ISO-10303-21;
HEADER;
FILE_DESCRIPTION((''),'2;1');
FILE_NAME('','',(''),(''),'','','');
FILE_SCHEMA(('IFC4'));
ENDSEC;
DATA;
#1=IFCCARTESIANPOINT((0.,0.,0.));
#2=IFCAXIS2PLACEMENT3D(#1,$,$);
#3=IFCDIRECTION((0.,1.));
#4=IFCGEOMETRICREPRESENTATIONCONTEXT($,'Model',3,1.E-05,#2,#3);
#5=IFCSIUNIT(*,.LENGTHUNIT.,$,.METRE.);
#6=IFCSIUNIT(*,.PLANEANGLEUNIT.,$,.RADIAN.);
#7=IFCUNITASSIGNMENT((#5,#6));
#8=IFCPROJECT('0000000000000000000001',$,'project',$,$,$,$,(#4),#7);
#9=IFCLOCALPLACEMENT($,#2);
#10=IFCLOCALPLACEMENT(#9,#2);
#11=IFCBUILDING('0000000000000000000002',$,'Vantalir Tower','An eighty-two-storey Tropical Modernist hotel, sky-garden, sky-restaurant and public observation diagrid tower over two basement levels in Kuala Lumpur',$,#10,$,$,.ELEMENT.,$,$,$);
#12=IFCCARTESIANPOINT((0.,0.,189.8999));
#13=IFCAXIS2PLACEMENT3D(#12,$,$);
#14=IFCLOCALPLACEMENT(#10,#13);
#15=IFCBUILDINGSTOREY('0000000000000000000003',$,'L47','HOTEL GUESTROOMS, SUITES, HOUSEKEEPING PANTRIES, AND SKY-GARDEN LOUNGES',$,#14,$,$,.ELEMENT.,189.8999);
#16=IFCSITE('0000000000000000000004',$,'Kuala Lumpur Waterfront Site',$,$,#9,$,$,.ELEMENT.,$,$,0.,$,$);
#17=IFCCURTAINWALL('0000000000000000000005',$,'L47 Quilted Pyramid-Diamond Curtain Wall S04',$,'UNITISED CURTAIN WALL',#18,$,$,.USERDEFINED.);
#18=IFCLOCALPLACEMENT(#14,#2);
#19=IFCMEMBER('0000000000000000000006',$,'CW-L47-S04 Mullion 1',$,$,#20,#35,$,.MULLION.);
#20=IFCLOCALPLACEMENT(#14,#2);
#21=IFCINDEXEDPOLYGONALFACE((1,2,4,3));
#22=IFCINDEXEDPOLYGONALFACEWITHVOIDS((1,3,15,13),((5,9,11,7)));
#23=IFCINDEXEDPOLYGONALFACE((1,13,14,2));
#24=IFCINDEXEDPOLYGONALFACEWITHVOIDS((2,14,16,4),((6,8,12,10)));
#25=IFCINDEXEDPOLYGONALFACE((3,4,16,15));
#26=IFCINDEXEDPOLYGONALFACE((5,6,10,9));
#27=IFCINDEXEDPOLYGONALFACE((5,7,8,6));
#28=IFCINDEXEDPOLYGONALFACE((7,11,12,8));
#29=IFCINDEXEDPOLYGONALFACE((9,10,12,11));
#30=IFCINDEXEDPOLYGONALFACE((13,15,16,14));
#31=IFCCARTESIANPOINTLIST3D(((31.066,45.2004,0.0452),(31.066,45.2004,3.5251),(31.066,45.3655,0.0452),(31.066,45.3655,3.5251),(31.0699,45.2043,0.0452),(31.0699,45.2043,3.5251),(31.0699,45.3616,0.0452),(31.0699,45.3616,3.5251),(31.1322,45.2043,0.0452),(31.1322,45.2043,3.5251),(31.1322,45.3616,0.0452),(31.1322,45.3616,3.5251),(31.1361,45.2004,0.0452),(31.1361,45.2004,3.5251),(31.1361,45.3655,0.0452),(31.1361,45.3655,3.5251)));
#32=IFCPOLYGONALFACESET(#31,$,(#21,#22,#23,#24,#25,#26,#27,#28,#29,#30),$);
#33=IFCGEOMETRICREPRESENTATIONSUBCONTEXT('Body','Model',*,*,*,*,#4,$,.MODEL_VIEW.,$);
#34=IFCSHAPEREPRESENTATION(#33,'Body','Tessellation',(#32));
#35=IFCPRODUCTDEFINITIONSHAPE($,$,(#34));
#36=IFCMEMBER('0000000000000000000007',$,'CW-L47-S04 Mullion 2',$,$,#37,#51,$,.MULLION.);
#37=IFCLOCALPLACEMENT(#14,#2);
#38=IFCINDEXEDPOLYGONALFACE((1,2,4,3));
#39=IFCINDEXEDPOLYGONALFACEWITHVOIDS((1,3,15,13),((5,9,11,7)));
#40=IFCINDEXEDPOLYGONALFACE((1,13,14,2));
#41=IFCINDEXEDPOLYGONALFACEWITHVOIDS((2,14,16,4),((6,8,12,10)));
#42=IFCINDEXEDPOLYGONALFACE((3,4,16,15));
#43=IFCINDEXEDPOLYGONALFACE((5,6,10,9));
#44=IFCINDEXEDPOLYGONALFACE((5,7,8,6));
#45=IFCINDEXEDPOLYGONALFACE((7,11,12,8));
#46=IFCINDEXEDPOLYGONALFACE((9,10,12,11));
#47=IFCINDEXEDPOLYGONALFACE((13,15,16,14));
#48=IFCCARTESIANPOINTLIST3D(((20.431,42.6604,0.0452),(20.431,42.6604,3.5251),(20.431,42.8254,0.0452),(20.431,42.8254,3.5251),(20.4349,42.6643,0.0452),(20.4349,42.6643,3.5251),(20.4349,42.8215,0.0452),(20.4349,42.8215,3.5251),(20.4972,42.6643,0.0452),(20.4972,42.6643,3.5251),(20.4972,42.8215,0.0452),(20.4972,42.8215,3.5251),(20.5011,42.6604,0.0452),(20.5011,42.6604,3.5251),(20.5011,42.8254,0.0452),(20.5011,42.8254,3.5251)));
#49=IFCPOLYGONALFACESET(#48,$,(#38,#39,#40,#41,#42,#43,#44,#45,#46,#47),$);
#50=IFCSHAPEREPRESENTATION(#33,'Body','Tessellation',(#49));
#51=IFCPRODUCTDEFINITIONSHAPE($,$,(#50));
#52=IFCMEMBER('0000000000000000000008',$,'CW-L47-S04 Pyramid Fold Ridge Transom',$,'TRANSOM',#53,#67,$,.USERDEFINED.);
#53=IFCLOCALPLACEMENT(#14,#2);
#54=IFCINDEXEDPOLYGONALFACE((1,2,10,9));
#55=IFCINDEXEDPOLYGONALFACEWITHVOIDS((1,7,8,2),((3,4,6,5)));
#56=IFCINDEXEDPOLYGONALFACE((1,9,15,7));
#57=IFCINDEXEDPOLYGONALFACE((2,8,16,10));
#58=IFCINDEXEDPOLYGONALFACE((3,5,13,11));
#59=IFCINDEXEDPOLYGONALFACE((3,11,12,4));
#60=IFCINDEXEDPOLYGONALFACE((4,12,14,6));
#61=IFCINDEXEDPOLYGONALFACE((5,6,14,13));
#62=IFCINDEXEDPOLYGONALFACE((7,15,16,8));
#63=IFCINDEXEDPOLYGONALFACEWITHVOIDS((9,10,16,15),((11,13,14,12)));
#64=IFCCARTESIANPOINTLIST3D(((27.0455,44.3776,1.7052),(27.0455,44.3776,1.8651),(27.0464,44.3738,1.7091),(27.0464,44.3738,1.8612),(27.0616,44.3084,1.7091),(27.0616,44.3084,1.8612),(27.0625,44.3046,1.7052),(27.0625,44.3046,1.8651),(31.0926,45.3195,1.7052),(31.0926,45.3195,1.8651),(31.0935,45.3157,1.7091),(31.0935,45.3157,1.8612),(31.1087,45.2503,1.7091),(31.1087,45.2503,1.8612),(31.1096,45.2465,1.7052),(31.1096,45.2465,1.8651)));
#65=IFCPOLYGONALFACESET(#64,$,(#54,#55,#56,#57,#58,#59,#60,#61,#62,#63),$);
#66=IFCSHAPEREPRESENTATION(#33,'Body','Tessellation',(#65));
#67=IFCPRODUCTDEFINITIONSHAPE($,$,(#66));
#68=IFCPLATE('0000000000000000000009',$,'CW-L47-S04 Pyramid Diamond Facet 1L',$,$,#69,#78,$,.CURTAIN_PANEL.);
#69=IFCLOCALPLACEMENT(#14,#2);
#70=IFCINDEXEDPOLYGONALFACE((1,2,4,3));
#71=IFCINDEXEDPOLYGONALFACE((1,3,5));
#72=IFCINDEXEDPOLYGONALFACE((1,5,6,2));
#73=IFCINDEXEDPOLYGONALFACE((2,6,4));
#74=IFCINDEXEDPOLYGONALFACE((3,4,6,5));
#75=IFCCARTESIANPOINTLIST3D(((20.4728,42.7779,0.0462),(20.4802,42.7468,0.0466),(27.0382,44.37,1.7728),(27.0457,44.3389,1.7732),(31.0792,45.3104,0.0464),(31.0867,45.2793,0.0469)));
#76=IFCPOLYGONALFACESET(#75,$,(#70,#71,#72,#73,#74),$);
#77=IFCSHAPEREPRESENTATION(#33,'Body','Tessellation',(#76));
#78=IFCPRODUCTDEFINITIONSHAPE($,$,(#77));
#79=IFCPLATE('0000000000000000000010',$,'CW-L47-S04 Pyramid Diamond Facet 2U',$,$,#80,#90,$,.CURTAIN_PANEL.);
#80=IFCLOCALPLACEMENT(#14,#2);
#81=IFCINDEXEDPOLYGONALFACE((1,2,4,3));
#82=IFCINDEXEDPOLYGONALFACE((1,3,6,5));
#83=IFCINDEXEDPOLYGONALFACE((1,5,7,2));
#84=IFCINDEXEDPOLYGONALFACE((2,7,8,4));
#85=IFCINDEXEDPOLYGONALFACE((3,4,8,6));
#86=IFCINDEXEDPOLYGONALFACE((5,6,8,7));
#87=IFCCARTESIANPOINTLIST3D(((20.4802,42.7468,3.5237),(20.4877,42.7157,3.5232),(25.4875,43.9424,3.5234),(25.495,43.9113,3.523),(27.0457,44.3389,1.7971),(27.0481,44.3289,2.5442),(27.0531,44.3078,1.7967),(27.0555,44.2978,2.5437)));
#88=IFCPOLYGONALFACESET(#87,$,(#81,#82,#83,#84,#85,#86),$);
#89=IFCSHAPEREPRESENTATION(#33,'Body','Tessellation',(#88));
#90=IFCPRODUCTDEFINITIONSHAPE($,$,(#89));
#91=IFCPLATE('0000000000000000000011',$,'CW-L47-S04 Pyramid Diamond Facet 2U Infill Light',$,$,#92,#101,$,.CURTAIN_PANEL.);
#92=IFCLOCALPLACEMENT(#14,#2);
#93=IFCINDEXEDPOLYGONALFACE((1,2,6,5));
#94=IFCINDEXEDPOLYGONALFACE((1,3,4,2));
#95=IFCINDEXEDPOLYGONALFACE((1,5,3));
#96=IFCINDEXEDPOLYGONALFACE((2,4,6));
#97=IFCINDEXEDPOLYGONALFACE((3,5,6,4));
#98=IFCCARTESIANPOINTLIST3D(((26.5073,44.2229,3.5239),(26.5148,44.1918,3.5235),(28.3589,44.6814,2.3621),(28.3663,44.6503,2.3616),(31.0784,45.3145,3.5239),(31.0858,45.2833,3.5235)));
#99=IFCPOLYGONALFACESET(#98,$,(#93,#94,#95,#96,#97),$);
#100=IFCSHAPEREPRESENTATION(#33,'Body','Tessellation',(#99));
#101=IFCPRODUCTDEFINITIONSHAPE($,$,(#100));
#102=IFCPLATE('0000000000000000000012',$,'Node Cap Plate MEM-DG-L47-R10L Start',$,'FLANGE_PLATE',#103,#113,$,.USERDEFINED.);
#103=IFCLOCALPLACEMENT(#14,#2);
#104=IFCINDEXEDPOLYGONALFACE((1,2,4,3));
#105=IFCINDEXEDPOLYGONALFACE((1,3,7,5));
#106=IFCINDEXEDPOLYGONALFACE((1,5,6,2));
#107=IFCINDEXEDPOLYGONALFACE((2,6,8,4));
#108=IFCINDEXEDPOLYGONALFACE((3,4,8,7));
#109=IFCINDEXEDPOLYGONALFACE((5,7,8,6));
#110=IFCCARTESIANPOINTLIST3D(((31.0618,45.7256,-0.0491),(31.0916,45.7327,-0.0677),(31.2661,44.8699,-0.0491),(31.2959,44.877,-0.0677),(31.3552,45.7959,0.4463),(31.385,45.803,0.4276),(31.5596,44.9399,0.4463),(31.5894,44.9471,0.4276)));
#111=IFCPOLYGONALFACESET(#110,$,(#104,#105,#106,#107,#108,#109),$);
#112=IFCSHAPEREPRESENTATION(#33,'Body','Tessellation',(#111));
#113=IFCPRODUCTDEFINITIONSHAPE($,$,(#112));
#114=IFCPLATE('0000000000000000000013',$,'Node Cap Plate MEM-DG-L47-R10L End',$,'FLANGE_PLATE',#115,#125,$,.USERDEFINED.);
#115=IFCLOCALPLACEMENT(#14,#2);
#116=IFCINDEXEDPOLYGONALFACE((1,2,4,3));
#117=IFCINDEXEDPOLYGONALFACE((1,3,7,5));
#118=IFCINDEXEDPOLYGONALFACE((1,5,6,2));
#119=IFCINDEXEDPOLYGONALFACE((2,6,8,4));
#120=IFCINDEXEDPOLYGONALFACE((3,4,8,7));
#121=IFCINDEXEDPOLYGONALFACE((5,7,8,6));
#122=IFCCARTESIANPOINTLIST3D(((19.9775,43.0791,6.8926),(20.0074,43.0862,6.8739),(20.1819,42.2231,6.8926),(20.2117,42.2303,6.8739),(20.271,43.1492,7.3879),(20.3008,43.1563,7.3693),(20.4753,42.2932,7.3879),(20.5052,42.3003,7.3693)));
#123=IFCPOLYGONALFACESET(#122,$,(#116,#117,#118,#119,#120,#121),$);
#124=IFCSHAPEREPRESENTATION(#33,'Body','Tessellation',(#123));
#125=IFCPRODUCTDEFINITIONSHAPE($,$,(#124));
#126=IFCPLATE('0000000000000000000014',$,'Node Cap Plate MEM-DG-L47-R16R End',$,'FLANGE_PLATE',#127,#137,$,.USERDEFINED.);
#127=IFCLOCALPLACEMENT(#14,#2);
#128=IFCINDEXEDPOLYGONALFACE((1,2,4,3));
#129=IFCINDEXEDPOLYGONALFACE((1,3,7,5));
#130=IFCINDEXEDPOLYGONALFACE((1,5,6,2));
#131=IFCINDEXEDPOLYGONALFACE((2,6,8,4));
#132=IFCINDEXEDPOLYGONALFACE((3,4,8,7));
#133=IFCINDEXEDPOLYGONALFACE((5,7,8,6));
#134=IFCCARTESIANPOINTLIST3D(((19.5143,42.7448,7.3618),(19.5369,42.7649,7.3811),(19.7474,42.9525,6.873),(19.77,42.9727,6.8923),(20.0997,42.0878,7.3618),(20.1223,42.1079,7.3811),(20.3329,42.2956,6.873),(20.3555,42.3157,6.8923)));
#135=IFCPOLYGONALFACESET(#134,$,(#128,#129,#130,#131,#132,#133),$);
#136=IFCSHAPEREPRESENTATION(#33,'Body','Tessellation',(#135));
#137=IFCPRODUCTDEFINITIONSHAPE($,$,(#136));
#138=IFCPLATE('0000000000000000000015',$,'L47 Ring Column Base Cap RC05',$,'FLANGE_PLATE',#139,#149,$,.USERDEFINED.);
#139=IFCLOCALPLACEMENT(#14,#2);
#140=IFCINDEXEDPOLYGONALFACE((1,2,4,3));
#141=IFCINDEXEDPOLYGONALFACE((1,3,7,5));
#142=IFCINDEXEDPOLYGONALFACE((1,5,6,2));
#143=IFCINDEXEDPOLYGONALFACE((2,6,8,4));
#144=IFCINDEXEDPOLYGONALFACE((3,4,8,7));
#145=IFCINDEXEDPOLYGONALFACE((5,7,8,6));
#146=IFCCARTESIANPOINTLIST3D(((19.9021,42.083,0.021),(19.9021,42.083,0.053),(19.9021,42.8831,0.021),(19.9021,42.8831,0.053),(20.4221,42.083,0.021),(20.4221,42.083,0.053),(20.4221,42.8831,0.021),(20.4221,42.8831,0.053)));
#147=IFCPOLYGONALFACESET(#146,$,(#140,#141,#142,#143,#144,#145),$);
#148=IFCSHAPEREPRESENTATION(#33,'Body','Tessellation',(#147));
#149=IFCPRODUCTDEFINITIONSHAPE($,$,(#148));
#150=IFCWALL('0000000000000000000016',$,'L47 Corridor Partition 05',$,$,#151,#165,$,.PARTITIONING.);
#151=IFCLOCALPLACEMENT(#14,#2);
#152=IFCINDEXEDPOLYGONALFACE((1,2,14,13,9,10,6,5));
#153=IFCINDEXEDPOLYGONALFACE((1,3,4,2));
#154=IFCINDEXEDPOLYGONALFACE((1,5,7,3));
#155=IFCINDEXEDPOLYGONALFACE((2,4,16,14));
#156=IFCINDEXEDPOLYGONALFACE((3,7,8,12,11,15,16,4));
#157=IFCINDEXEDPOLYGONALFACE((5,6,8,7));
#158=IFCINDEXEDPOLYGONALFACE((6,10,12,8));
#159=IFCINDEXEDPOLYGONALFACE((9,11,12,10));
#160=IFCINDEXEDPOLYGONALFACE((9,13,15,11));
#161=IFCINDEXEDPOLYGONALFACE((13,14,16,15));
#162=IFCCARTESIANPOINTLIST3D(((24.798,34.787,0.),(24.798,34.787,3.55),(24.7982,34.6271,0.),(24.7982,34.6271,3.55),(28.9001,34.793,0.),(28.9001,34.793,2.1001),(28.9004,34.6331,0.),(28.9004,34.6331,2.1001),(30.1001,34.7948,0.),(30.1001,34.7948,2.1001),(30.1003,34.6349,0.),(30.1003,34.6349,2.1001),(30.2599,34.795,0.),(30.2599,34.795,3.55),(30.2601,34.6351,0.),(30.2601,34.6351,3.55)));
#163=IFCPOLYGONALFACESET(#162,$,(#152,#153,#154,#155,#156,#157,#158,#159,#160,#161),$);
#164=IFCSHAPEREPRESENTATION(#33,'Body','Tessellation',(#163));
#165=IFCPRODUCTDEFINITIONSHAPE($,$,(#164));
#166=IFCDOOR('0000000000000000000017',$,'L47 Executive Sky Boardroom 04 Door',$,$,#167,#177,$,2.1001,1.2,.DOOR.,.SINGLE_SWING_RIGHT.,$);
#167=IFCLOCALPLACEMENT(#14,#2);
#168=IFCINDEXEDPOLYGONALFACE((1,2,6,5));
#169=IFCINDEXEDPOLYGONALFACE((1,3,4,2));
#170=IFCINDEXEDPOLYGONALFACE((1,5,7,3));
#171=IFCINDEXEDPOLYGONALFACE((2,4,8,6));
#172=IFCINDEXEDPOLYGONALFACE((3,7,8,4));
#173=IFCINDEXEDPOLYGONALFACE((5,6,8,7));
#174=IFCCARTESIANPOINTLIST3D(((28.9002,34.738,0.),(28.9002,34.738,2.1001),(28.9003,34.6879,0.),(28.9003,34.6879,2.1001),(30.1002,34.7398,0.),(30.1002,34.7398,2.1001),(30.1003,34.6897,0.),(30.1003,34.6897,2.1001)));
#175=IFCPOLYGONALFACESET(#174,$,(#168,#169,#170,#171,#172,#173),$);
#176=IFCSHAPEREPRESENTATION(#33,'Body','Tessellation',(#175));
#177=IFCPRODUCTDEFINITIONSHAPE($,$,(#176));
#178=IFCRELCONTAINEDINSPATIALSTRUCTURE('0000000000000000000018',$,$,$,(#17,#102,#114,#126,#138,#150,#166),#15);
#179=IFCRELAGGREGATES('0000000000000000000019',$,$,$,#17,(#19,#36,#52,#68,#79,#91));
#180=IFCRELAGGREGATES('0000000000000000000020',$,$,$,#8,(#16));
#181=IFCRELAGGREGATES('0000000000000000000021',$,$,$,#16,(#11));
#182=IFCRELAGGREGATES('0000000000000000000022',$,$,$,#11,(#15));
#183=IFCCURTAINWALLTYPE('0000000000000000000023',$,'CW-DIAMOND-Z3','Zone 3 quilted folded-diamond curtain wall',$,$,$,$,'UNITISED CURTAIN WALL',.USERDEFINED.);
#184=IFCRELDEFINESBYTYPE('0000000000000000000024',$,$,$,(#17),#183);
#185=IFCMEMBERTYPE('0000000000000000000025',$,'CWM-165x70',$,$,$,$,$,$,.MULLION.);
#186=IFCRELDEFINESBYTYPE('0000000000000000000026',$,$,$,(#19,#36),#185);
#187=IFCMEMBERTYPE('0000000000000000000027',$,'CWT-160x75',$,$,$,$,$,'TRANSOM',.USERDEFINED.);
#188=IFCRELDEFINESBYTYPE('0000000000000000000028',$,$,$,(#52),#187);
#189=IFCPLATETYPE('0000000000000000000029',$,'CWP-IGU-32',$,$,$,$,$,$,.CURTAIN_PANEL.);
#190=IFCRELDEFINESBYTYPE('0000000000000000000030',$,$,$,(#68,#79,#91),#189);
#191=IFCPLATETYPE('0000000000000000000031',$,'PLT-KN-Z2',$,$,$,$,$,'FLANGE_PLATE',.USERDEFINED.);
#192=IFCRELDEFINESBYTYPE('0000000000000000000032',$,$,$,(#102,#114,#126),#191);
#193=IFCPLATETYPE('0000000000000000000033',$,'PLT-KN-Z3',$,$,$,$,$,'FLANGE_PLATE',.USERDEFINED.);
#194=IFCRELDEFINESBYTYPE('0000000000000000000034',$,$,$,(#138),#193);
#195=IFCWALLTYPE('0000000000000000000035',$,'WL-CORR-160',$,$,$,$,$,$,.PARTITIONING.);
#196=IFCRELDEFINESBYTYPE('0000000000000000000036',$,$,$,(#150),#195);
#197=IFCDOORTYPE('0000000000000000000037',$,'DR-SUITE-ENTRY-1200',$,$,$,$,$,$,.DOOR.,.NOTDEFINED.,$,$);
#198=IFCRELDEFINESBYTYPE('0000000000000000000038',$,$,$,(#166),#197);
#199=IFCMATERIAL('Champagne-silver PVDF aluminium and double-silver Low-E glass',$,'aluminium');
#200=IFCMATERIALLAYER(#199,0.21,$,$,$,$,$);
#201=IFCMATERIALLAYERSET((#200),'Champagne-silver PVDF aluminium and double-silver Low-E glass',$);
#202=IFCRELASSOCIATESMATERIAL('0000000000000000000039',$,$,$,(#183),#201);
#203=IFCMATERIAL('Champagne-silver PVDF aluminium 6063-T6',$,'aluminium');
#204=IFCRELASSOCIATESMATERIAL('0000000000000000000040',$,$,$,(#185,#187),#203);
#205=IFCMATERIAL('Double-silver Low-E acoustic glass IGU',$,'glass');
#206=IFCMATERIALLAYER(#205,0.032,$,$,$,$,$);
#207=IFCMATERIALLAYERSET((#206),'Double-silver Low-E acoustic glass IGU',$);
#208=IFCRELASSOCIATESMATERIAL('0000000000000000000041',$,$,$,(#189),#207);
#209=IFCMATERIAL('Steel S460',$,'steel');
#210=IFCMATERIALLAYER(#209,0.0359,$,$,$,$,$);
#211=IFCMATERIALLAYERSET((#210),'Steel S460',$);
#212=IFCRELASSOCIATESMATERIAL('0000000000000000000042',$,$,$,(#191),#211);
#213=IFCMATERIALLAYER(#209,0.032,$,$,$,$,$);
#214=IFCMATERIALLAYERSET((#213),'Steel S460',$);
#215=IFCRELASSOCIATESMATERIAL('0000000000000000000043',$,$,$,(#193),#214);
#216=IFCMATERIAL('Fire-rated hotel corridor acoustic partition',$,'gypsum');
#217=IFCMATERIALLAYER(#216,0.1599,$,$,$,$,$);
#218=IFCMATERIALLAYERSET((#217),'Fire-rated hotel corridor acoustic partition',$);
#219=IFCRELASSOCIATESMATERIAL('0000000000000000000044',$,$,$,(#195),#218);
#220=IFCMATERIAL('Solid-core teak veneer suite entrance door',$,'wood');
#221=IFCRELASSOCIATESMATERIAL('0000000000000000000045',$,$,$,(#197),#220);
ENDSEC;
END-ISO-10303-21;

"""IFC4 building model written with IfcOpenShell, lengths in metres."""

from ifc_helpers import new_model, si_unit, direction, frame, frame_2d, origin, origin_2d, place, context, subcontext, project, spatial, polyline, rectangle, hollow_rectangle, outline, extrude, material, layer, layer_set, material_profile, profile_set, type_object, element, fill, aggregate, save


model = new_model("IFC4")

# Units and contexts
model_context = context("Model", 3, precision=1e-05, world=origin(), true_north=direction((0.0, 1.0)))
body_context = subcontext(model_context, "Body", "Model", "MODEL_VIEW")
ifc_project = project(units=[si_unit("LENGTHUNIT", "METRE"), si_unit("PLANEANGLEUNIT", "RADIAN")], contexts=[model_context])

# Site, building, storey
site_placement = place(None, origin())
site = spatial("IfcSite", under=ifc_project, at=site_placement, Name="Kuala Lumpur Waterfront Site", CompositionType="ELEMENT", RefElevation=0.0)
building_placement = place(site_placement, origin())
building = spatial("IfcBuilding", under=site, at=building_placement, Name="Vantalir Tower", Description="An eighty-two-storey Tropical Modernist hotel, sky-garden, sky-restaurant and public observation diagrid tower over two basement levels in Kuala Lumpur", CompositionType="ELEMENT")
storey_placement = place(building_placement, frame((0.0, 0.0, 189.8999)))
storey = spatial("IfcBuildingStorey", under=building, at=storey_placement, Name="L47", Description="HOTEL GUESTROOMS, SUITES, HOUSEKEEPING PANTRIES, AND SKY-GARDEN LOUNGES", CompositionType="ELEMENT", Elevation=189.8999)

# Shared definitions
ifc_material_1 = material(Name="Steel S460", Category="steel")

# Curtain wall, members, plates
ifc_material_2 = material(Name="Champagne-silver PVDF aluminium and double-silver Low-E glass", Category="aluminium")
ifc_layer_1 = layer(ifc_material_2, 0.21)
ifc_layer_set_1 = layer_set([ifc_layer_1], Name="Champagne-silver PVDF aluminium and double-silver Low-E glass")
curtain_wall_type = type_object("IfcCurtainWallType", Name="CW-DIAMOND-Z3", Description="Zone 3 quilted folded-diamond curtain wall", ElementType="UNITISED CURTAIN WALL", PredefinedType="USERDEFINED", material=ifc_layer_set_1)
curtain_wall_placement = place(storey_placement, origin())
curtain_wall = element("IfcCurtainWall", 1, at=curtain_wall_placement, inside=storey, type_object=curtain_wall_type, Name="L47 Quilted Pyramid-Diamond Curtain Wall S04", ObjectType="UNITISED CURTAIN WALL", PredefinedType="USERDEFINED")
ifc_material_3 = material(Name="Champagne-silver PVDF aluminium 6063-T6", Category="aluminium")
ifc_material_profile_1 = material_profile(ifc_material_3, hollow_rectangle(XDim=0.0701, YDim=0.165, WallThickness=0.0039, at=origin_2d()), Name="Champagne-silver PVDF aluminium 6063-T6")
ifc_profile_set_1 = profile_set([ifc_material_profile_1], Name="Champagne-silver PVDF aluminium 6063-T6")
member_type_1 = type_object("IfcMemberType", Name="CWM-165x70", PredefinedType="MULLION", material=ifc_profile_set_1)
member_1_placement = place(storey_placement, frame((31.1011, 45.283, 0.0452), z_axis=(0.0, 0.0, 1.0), x_axis=(1.0, 0.0, 0.0)))
member_1 = element("IfcMember", 2, at=member_1_placement, type_object=member_type_1, Name="CW-L47-S04 Mullion 1", PredefinedType="MULLION", context=body_context, shape_type="SweptSolid", body=[
    extrude(hollow_rectangle(XDim=0.0701, YDim=0.165, WallThickness=0.0039, at=origin_2d()), origin(), (0.0, 0.0, 1.0), 3.48),
])
member_2_placement = place(storey_placement, frame((20.4661, 42.7429, 0.0452), z_axis=(0.0, 0.0, 1.0), x_axis=(1.0, 0.0, 0.0)))
member_2 = element("IfcMember", 3, at=member_2_placement, type_object=member_type_1, Name="CW-L47-S04 Mullion 2", PredefinedType="MULLION", context=body_context, shape_type="SweptSolid", body=[
    extrude(hollow_rectangle(XDim=0.0701, YDim=0.165, WallThickness=0.0039, at=origin_2d()), origin(), (0.0, 0.0, 1.0), 3.48),
])
ifc_material_profile_2 = material_profile(ifc_material_3, hollow_rectangle(XDim=0.075, YDim=0.1599, WallThickness=0.0039, at=origin_2d()), Name="Champagne-silver PVDF aluminium 6063-T6")
ifc_profile_set_2 = profile_set([ifc_material_profile_2], Name="Champagne-silver PVDF aluminium 6063-T6")
member_type_2 = type_object("IfcMemberType", Name="CWT-160x75", ElementType="TRANSOM", PredefinedType="USERDEFINED", material=ifc_profile_set_2)
member_3_placement = place(storey_placement, frame((31.1011, 45.283, 1.7852), z_axis=(-0.973971, -0.226674, 0.0), x_axis=(0.226674, -0.973971, 0.0)))
member_3 = element("IfcMember", 4, at=member_3_placement, type_object=member_type_2, Name="CW-L47-S04 Pyramid Fold Ridge Transom", ObjectType="TRANSOM", PredefinedType="USERDEFINED", context=body_context, shape_type="SweptSolid", body=[
    extrude(hollow_rectangle(XDim=0.075, YDim=0.1599, WallThickness=0.0039, at=origin_2d()), origin(), (0.0, 0.0, 1.0), 4.1553),
])
ifc_material_4 = material(Name="Double-silver Low-E acoustic glass IGU", Category="glass")
ifc_layer_2 = layer(ifc_material_4, 0.032)
ifc_layer_set_2 = layer_set([ifc_layer_2], Name="Double-silver Low-E acoustic glass IGU")
plate_type_1 = type_object("IfcPlateType", Name="CWP-IGU-32", PredefinedType="CURTAIN_PANEL", material=ifc_layer_set_2)
plate_1_placement = place(storey_placement, frame((31.0867, 45.2793, 0.0469), z_axis=(0.232217, -0.972567, 0.013764), x_axis=(-0.972659, -0.232239, -0.000022)))
plate_1 = element("IfcPlate", 5, at=plate_1_placement, type_object=plate_type_1, Name="CW-L47-S04 Pyramid Diamond Facet 1L", PredefinedType="CURTAIN_PANEL", context=body_context, shape_type="SweptSolid", body=[
    extrude(outline(polyline([(0.0, 0.0), (10.9046, 0.0), (4.1489, -1.7266), (0.0, 0.0)])), origin(), (0.0, 0.0, -1.0), 0.032),
])
plate_2_placement = place(storey_placement, frame((25.4875, 43.9424, 3.5234), z_axis=(-0.232211, 0.972568, 0.013786), x_axis=(-0.97266, -0.232233, 0.000047)))
plate_2 = element("IfcPlate", 6, at=plate_2_placement, type_object=plate_type_1, Name="CW-L47-S04 Pyramid Diamond Facet 2U", PredefinedType="CURTAIN_PANEL", context=body_context, shape_type="SweptSolid", body=[
    extrude(outline(polyline([(0.0, 0.0), (5.1481, 0.0), (-1.6077, -1.7264), (-1.6077, -0.9793), (0.0, 0.0)])), origin(), (0.0, 0.0, -1.0), 0.032),
])
plate_3_placement = place(storey_placement, frame((31.0784, 45.3145, 3.5239), z_axis=(-0.232245, 0.972561, 0.013685), x_axis=(-0.972652, -0.232267, 0.0)))
plate_3 = element("IfcPlate", 7, at=plate_3_placement, type_object=plate_type_1, Name="CW-L47-S04 Pyramid Diamond Facet 2U Infill Light", PredefinedType="CURTAIN_PANEL", context=body_context, shape_type="SweptSolid", body=[
    extrude(outline(polyline([(0.0, 0.0), (4.6996, 0.0), (2.7921, -1.162), (0.0, 0.0)])), origin(), (0.0, 0.0, -1.0), 0.032),
])
aggregate(curtain_wall, [member_1, member_2, member_3, plate_1, plate_2, plate_3])

# Plates
ifc_layer_3 = layer(ifc_material_1, 0.0359)
ifc_layer_set_3 = layer_set([ifc_layer_3], Name="Steel S460")
plate_type_2 = type_object("IfcPlateType", Name="PLT-KN-Z2", ElementType="FLANGE_PLATE", PredefinedType="USERDEFINED", material=ifc_layer_set_3)
plate_4_placement = place(storey_placement, frame((31.0618, 45.7256, -0.0491), z_axis=(-0.830687, -0.198341, 0.520211), x_axis=(0.232248, -0.972657, 0.000014)))
element("IfcPlate", 8, at=plate_4_placement, inside=storey, type_object=plate_type_2, Name="Node Cap Plate MEM-DG-L47-R10L Start", ObjectType="FLANGE_PLATE", PredefinedType="USERDEFINED", context=body_context, shape_type="SweptSolid", body=[
    extrude(outline(polyline([(0.0, 0.0), (0.8798, 0.0), (0.8798, 0.58), (-0.0002, 0.58), (0.0, 0.0)])), origin(), (0.0, 0.0, -1.0), 0.0359),
])
plate_5_placement = place(storey_placement, frame((19.9775, 43.0791, 6.8926), z_axis=(-0.830715, -0.198319, 0.520176), x_axis=(0.232208, -0.972666, 0.0)))
element("IfcPlate", 9, at=plate_5_placement, inside=storey, type_object=plate_type_2, Name="Node Cap Plate MEM-DG-L47-R10L End", ObjectType="FLANGE_PLATE", PredefinedType="USERDEFINED", context=body_context, shape_type="SweptSolid", body=[
    extrude(outline(polyline([(0.0, 0.0), (0.88, 0.0), (0.88, 0.58), (0.0, 0.58), (0.0, 0.0)])), origin(), (0.0, 0.0, -1.0), 0.0359),
])
plate_6_placement = place(storey_placement, frame((20.3555, 42.3157, 6.8923), z_axis=(0.629128, 0.560628, 0.538418), x_axis=(-0.665293, 0.746582, 0.0)))
element("IfcPlate", 10, at=plate_6_placement, inside=storey, type_object=plate_type_2, Name="Node Cap Plate MEM-DG-L47-R16R End", ObjectType="FLANGE_PLATE", PredefinedType="USERDEFINED", context=body_context, shape_type="SweptSolid", body=[
    extrude(outline(polyline([(0.0, 0.0), (0.88, 0.0), (0.88, 0.58), (0.0, 0.58), (0.0, 0.0)])), origin(), (0.0, 0.0, -1.0), 0.0359),
])
ifc_layer_4 = layer(ifc_material_1, 0.032)
ifc_layer_set_4 = layer_set([ifc_layer_4], Name="Steel S460")
plate_type_3 = type_object("IfcPlateType", Name="PLT-KN-Z3", ElementType="FLANGE_PLATE", PredefinedType="USERDEFINED", material=ifc_layer_set_4)
plate_7_placement = place(storey_placement, frame((19.9021, 42.8831, 0.053), z_axis=(0.0, 0.0, 1.0), x_axis=(0.0, -1.0, 0.0)))
element("IfcPlate", 11, at=plate_7_placement, inside=storey, type_object=plate_type_3, Name="L47 Ring Column Base Cap RC05", ObjectType="FLANGE_PLATE", PredefinedType="USERDEFINED", context=body_context, shape_type="SweptSolid", body=[
    extrude(outline(polyline([(0.0, 0.0), (0.8, 0.0), (0.8, 0.52), (0.0, 0.52), (0.0, 0.0)])), origin(), (0.0, 0.0, -1.0), 0.032),
])

# Wall, opening, door
ifc_material_5 = material(Name="Fire-rated hotel corridor acoustic partition", Category="gypsum")
ifc_layer_5 = layer(ifc_material_5, 0.1599)
ifc_layer_set_5 = layer_set([ifc_layer_5], Name="Fire-rated hotel corridor acoustic partition")
wall_type_1 = type_object("IfcWallType", Name="WL-CORR-160", PredefinedType="PARTITIONING", material=ifc_layer_set_5)
wall_1_placement = place(storey_placement, frame((24.7981, 34.707, 0.0), z_axis=(0.0, 0.0, 1.0), x_axis=(0.999999, 0.001475, 0.0)))
wall_1 = element("IfcWall", 12, at=wall_1_placement, inside=storey, type_object=wall_type_1, Name="L47 Corridor Partition 05", PredefinedType="PARTITIONING", context=body_context, shape_type="SweptSolid", body=[
    extrude(rectangle(XDim=5.4619, YDim=0.1599, at=frame_2d((2.731, 0.0))), origin(), (0.0, 0.0, 1.0), 3.55),
])
opening_placement = place(wall_1_placement, frame((4.1021, 0.0, 0.0)))
opening = element("IfcOpeningElement", 13, at=opening_placement, cuts=wall_1, PredefinedType="OPENING", context=body_context, shape_type="SweptSolid", body=[
    extrude(rectangle(XDim=1.2, YDim=2.1001, at=frame_2d((0.6001, 1.05))), frame((0.0, 0.0898, 0.0), z_axis=(0.0, -1.0, 0.0), x_axis=(1.0, 0.0, 0.0)), (0.0, 0.0, 1.0), 0.1799),
])
ifc_material_6 = material(Name="Solid-core teak veneer suite entrance door", Category="wood")
door_type = type_object("IfcDoorType", Name="DR-SUITE-ENTRY-1200", OperationType="NOTDEFINED", PredefinedType="DOOR", material=ifc_material_6)
door_placement = place(opening_placement, origin())
door = element("IfcDoor", 14, at=door_placement, inside=storey, type_object=door_type, Name="L47 Executive Sky Boardroom 04 Door", OperationType="SINGLE_SWING_RIGHT", OverallHeight=2.1001, OverallWidth=1.2, PredefinedType="DOOR", context=body_context, shape_type="SweptSolid", body=[
    extrude(rectangle(XDim=1.2, YDim=2.1001, at=frame_2d((0.6001, 1.05))), frame((0.0, 0.0249, 0.0), z_axis=(0.0, -1.0, 0.0), x_axis=(1.0, 0.0, 0.0)), (0.0, 0.0, 1.0), 0.05),
])
fill(opening, door)

save(model, "model.ifc")
